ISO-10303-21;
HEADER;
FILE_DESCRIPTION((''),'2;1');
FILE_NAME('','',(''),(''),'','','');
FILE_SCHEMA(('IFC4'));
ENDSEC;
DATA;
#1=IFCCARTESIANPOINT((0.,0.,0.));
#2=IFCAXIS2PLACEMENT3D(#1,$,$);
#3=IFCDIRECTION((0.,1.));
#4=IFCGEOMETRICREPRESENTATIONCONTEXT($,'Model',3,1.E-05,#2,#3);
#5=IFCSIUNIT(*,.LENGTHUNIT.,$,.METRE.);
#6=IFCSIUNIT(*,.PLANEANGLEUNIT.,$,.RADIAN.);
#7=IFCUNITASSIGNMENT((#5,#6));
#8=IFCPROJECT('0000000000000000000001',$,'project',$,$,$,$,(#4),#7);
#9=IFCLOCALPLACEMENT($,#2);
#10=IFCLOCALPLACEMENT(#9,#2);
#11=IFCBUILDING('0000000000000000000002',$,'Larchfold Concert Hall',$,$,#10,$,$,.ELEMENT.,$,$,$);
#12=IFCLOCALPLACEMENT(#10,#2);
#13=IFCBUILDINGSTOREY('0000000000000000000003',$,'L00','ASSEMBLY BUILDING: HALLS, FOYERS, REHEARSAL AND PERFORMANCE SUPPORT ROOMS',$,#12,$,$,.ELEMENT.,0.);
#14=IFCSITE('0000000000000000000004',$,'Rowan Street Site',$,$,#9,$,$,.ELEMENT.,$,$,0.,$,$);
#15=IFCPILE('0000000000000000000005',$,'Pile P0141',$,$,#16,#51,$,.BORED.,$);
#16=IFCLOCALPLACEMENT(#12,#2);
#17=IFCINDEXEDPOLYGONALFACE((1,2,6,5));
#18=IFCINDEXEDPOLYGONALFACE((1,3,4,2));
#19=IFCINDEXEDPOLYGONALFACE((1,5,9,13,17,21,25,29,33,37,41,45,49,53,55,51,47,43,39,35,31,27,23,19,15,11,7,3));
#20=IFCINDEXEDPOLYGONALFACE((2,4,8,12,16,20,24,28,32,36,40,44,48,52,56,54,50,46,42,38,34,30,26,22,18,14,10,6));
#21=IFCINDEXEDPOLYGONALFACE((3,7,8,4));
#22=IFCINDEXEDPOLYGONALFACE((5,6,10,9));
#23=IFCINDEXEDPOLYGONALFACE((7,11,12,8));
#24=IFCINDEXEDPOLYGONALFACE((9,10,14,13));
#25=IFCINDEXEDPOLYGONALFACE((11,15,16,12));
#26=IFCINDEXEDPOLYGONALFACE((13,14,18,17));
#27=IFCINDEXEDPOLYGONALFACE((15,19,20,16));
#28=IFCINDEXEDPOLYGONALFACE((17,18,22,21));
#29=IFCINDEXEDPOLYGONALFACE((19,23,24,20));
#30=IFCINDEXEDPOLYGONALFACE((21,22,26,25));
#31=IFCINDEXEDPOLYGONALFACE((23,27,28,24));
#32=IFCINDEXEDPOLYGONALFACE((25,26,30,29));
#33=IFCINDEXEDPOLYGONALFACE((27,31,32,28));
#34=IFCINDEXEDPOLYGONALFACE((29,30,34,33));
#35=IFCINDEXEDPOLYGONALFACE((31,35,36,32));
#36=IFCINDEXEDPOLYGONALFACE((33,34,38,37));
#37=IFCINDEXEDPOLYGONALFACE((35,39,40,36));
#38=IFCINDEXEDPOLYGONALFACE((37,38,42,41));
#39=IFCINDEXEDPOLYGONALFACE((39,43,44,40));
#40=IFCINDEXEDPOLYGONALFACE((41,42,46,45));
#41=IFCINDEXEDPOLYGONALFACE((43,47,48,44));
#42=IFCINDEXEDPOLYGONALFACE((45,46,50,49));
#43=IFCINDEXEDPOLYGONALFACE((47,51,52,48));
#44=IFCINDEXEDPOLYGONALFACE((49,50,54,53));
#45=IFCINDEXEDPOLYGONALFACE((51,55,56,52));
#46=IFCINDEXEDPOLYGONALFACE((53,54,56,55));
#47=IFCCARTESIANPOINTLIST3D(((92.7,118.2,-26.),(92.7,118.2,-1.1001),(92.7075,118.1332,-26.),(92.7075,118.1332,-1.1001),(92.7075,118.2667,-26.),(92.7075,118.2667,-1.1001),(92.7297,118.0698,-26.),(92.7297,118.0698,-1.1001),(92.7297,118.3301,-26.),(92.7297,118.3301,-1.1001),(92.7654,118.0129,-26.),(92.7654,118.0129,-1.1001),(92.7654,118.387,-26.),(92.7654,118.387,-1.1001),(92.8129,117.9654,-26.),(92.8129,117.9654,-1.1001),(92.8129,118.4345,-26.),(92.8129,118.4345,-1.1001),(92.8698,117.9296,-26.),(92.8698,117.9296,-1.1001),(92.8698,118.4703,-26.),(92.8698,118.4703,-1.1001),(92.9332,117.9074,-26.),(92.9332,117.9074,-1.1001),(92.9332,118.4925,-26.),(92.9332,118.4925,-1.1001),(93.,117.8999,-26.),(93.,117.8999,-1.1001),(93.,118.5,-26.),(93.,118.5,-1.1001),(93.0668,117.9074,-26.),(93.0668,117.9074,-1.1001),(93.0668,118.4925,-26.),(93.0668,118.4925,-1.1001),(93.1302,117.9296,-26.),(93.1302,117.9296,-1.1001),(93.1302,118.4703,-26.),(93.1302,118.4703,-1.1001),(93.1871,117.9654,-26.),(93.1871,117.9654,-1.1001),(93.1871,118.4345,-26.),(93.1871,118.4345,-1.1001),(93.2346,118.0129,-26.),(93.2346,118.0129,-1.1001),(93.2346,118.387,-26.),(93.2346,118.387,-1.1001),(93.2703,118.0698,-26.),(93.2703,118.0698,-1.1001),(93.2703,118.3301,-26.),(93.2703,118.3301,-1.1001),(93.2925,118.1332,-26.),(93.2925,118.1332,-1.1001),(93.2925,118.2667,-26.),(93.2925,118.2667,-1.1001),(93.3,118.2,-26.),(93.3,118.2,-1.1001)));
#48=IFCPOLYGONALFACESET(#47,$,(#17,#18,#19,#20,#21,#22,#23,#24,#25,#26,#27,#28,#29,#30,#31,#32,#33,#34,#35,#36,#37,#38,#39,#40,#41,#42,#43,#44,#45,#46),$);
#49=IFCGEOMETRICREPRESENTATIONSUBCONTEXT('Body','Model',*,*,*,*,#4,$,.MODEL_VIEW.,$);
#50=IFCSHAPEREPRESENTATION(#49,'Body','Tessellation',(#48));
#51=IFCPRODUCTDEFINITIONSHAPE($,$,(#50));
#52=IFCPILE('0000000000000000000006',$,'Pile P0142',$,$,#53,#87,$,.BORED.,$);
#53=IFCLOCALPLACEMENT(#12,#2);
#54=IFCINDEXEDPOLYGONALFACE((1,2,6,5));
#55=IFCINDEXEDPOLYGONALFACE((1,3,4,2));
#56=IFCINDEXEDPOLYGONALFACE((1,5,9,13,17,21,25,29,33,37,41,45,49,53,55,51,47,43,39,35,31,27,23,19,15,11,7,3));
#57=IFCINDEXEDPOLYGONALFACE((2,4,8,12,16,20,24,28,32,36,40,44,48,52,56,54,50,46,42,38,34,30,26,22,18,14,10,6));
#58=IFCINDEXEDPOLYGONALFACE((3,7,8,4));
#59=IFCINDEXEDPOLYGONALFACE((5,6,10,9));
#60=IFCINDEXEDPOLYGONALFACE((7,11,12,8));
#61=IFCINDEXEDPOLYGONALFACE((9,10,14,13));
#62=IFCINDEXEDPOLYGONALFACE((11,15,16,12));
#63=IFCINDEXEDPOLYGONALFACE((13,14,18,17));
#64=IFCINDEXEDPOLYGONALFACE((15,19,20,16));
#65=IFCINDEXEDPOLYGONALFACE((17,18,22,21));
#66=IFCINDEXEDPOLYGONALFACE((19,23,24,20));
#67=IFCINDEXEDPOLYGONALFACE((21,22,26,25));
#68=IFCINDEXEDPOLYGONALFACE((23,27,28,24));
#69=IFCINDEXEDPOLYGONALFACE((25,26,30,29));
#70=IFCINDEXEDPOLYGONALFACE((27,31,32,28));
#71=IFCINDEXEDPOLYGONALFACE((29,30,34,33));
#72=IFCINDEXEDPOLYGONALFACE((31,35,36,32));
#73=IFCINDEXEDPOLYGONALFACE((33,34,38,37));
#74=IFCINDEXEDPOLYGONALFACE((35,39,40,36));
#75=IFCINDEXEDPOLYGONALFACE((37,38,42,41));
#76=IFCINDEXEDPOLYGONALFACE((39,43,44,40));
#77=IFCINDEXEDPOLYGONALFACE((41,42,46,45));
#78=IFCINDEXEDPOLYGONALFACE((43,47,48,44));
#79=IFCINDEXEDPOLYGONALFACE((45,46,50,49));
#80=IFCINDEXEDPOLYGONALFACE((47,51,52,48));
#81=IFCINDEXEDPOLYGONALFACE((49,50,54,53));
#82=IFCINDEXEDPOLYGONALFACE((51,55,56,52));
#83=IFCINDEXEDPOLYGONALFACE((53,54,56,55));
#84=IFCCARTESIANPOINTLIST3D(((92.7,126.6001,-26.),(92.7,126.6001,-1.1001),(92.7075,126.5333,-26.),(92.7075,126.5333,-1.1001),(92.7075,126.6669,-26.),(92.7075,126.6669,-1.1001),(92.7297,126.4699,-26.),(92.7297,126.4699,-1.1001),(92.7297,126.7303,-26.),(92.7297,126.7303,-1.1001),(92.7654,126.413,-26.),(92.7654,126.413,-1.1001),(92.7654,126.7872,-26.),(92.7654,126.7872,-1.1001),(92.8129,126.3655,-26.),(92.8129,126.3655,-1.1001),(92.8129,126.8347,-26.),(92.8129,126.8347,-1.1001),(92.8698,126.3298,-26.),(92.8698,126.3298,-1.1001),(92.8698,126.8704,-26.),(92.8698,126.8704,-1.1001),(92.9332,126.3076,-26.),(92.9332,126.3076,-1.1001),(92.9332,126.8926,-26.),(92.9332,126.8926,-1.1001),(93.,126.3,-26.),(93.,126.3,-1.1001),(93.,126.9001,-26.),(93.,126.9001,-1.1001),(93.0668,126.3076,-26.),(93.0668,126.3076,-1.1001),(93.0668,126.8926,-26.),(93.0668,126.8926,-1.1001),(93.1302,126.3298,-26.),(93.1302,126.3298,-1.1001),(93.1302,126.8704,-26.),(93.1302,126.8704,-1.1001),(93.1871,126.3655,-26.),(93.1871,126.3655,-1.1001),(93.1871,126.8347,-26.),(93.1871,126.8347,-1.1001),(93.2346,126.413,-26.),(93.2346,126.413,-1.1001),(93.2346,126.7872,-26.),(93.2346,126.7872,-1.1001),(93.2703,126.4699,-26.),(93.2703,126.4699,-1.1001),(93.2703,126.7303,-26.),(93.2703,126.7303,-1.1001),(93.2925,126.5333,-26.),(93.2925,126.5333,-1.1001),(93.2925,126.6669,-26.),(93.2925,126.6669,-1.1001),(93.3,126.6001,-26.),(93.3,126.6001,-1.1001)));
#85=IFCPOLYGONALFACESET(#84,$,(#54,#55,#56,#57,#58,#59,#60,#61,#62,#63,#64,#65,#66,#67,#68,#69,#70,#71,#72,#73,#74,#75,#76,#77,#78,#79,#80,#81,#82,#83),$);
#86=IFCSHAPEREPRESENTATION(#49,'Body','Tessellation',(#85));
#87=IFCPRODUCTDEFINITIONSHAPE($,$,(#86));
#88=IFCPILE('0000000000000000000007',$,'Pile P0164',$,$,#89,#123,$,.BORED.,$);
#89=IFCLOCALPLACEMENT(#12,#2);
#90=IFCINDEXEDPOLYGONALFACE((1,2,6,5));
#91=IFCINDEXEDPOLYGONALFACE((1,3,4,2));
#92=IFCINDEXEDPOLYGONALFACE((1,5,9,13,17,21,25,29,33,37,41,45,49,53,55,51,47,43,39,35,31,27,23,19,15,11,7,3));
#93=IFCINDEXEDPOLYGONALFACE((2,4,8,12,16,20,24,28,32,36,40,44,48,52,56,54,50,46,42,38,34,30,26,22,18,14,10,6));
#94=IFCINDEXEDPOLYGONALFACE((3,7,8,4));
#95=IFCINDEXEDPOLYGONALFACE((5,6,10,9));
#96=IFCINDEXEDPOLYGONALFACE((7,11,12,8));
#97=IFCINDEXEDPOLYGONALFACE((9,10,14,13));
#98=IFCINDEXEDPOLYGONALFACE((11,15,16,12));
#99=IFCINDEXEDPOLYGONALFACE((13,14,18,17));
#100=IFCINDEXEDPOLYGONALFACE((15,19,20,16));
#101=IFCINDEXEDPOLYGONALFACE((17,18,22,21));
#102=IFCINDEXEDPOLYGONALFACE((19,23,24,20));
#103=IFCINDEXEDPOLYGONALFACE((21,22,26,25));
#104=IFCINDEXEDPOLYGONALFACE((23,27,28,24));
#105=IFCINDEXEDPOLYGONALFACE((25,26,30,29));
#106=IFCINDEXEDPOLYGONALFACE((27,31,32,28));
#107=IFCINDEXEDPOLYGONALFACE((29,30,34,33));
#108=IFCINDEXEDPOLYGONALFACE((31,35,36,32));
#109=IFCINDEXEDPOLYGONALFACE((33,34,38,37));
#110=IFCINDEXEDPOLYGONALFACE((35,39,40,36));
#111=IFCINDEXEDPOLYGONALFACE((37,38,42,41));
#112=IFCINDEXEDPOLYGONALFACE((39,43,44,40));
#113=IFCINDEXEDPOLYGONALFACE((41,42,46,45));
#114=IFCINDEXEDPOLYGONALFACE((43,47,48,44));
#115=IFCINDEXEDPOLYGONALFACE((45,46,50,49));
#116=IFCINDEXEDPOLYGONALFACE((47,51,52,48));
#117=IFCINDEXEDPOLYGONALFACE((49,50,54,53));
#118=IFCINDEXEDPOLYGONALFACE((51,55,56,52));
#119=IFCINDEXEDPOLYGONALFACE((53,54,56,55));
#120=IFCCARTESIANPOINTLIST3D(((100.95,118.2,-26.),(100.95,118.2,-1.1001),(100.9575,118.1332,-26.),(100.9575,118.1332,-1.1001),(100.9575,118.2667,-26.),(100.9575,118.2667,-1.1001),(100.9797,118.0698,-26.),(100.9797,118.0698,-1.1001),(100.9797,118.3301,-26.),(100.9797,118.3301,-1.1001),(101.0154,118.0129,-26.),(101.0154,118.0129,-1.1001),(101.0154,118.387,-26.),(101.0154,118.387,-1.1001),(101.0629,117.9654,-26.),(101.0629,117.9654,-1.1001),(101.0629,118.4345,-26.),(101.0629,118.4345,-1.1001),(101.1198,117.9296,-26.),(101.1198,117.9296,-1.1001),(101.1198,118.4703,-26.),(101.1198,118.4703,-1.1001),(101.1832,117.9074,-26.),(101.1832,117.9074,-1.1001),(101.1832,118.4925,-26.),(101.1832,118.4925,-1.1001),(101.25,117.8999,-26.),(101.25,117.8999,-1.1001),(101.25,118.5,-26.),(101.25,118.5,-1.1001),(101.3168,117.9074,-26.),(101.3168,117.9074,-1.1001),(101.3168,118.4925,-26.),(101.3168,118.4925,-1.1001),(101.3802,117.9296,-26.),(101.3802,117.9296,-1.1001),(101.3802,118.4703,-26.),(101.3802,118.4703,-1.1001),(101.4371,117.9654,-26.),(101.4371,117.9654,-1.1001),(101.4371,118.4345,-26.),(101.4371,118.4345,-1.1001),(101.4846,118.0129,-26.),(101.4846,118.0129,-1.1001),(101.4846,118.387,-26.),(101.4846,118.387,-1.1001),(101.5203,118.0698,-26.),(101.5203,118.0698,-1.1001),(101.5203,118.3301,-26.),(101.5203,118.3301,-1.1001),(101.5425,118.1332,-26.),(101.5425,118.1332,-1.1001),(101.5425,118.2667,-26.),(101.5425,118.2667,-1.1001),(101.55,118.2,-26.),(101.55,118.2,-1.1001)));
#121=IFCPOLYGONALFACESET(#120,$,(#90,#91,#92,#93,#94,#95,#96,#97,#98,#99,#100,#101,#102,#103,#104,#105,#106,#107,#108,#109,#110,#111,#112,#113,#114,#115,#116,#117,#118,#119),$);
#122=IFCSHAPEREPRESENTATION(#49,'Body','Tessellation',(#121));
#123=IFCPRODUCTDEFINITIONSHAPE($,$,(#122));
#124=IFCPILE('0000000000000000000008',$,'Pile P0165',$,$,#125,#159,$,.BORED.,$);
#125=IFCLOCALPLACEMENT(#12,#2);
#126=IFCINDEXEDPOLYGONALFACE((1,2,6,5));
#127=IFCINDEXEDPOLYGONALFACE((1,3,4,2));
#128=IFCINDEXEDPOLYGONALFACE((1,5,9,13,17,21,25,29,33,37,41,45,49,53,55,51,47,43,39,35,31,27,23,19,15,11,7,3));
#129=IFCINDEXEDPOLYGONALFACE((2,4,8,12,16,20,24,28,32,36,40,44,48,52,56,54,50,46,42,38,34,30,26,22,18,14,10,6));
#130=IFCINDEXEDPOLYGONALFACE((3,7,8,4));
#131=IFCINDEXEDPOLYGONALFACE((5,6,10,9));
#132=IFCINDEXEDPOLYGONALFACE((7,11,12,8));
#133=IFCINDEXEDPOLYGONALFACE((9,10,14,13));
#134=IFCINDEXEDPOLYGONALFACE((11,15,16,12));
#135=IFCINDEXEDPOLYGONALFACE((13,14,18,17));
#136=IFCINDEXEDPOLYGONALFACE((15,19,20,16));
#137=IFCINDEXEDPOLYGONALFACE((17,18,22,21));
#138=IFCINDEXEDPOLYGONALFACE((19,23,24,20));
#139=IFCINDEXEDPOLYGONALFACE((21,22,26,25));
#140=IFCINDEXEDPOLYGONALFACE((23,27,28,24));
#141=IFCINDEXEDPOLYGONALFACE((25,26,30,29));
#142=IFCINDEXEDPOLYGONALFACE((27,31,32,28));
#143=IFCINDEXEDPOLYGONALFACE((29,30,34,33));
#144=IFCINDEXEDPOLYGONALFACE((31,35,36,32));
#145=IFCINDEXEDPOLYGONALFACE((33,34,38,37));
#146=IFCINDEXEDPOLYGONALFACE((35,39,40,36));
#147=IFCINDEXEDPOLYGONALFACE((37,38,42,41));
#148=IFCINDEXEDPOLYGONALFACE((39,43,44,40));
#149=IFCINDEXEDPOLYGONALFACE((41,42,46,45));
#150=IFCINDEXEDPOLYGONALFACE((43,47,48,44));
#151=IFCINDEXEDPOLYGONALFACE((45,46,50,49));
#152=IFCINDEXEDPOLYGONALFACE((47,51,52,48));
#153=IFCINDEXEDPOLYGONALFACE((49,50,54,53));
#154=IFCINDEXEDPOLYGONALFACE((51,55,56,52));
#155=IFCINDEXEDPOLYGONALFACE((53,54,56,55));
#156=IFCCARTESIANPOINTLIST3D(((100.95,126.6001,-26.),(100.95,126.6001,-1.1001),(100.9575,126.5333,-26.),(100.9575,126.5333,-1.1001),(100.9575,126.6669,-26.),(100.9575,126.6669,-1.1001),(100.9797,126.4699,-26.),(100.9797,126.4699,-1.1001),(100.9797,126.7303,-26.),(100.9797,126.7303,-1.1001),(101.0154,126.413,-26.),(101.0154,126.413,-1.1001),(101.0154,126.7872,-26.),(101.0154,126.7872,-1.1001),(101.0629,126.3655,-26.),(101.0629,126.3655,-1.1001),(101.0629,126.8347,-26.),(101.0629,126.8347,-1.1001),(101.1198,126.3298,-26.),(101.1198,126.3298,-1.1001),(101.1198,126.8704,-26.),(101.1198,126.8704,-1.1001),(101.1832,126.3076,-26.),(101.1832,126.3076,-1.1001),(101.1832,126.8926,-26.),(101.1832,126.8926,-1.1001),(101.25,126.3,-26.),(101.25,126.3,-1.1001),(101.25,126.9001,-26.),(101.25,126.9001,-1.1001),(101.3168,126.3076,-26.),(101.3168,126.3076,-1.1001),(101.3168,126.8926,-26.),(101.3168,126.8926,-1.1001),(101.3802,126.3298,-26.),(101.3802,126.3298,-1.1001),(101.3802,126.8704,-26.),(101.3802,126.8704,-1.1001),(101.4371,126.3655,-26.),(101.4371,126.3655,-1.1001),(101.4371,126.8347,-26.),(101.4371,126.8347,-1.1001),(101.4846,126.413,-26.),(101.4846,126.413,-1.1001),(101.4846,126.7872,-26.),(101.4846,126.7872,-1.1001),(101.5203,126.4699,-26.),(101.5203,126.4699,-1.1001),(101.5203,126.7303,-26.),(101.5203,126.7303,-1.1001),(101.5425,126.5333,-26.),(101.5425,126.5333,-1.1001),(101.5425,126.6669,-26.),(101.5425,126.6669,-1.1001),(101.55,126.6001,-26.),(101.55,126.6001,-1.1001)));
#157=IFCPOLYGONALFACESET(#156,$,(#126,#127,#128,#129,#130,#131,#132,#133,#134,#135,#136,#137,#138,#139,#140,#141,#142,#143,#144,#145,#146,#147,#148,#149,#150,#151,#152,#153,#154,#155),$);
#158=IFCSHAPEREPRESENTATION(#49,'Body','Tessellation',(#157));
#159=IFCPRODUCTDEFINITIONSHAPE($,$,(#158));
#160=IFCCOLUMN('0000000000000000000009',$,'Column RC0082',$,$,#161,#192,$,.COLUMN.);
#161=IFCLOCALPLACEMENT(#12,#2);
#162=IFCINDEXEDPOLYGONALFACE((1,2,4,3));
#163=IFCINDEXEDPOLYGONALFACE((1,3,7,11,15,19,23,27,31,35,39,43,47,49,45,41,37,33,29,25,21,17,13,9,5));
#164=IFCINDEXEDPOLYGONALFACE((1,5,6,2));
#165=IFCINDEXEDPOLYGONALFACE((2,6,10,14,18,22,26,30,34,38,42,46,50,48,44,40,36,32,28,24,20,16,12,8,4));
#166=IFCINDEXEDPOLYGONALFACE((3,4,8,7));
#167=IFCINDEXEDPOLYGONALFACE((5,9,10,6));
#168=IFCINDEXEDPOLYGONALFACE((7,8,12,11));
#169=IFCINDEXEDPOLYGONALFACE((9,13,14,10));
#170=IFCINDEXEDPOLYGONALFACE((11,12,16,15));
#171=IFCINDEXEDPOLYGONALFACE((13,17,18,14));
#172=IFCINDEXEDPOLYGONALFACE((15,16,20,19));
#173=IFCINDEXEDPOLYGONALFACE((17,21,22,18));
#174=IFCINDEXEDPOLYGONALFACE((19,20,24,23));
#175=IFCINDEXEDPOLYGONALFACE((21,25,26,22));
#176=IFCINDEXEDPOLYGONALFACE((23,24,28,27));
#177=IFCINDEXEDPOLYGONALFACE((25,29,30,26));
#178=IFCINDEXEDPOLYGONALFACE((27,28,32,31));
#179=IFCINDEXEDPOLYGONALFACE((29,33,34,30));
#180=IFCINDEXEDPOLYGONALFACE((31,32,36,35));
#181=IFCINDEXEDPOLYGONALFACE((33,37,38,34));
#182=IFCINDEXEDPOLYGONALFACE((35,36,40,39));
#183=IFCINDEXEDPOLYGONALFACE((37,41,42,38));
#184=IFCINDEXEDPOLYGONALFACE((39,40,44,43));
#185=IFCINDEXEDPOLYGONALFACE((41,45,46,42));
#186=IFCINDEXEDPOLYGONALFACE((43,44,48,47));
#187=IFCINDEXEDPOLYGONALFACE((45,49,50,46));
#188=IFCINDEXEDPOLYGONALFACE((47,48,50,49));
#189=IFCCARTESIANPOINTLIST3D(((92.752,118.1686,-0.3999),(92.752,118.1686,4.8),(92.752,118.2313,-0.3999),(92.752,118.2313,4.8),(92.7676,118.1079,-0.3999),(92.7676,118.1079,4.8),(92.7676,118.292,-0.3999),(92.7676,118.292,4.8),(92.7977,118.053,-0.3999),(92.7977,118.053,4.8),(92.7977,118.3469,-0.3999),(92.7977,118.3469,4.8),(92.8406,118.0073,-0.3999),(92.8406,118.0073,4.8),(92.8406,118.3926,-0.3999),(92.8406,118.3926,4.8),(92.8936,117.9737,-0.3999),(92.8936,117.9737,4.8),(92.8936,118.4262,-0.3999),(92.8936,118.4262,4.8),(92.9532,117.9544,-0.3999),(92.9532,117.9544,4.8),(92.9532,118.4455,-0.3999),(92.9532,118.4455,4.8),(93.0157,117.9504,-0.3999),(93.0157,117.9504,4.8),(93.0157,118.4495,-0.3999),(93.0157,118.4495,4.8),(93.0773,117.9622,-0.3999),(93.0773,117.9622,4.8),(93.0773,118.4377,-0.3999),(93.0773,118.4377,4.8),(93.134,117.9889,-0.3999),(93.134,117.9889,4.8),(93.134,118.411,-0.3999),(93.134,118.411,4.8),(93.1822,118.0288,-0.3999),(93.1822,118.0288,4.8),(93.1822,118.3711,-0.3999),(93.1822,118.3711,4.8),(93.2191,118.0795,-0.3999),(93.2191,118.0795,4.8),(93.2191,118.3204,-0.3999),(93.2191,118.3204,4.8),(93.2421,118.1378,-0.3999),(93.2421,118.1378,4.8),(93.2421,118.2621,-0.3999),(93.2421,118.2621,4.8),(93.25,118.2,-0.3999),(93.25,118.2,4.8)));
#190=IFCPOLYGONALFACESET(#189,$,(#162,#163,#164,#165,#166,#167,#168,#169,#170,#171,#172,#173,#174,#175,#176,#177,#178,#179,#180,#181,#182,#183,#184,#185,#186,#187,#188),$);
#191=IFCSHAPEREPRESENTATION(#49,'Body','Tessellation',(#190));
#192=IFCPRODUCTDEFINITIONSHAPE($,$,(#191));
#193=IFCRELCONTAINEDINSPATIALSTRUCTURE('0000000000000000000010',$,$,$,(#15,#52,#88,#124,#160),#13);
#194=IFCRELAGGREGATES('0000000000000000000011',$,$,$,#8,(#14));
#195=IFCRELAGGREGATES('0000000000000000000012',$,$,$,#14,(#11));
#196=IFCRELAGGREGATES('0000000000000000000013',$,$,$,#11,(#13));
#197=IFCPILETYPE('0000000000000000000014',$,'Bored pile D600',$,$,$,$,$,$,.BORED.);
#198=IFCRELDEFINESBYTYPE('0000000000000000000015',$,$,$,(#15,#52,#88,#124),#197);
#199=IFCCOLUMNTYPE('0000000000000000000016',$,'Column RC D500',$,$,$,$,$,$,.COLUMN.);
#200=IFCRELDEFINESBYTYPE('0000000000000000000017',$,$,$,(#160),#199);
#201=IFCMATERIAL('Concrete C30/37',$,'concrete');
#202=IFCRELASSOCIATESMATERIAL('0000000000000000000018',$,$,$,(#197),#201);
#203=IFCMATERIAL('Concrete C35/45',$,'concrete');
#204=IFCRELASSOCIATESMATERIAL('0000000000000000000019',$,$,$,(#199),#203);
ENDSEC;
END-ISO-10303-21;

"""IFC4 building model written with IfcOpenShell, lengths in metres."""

from ifc_helpers import new_model, si_unit, direction, frame, origin, origin_2d, place, context, subcontext, project, spatial, circle, extrude, material, material_profile, profile_set, type_object, element, save


model = new_model("IFC4")

# Units and contexts
model_context = context("Model", 3, precision=1e-05, world=origin(), true_north=direction((0.0, 1.0)))
body_context = subcontext(model_context, "Body", "Model", "MODEL_VIEW")
ifc_project = project(units=[si_unit("LENGTHUNIT", "METRE"), si_unit("PLANEANGLEUNIT", "RADIAN")], contexts=[model_context])

# Site, building, storey
site_placement = place(None, origin())
site = spatial("IfcSite", under=ifc_project, at=site_placement, Name="Rowan Street Site", CompositionType="ELEMENT", RefElevation=0.0)
building_placement = place(site_placement, origin())
building = spatial("IfcBuilding", under=site, at=building_placement, Name="Larchfold Concert Hall", CompositionType="ELEMENT")
storey_placement = place(building_placement, origin())
storey = spatial("IfcBuildingStorey", under=building, at=storey_placement, Name="L00", Description="ASSEMBLY BUILDING: HALLS, FOYERS, REHEARSAL AND PERFORMANCE SUPPORT ROOMS", CompositionType="ELEMENT", Elevation=0.0)

# Piles
ifc_material_1 = material(Name="Concrete C30/37", Category="concrete")
ifc_material_profile_1 = material_profile(ifc_material_1, circle(Radius=0.3, at=origin_2d()))
ifc_profile_set_1 = profile_set([ifc_material_profile_1], Name="Concrete C30/37")
pile_type = type_object("IfcPileType", Name="Bored pile D600", PredefinedType="BORED", material=ifc_profile_set_1)
for number, where, z_axis, x_axis, name in (
    (1, (93.0, 118.2, -1.1001), (0.0, 0.0, -1.0), (1.0, 0.0, 0.0), "Pile P0141"),
    (2, (93.0, 126.6001, -1.1001), (0.0, 0.0, -1.0), (1.0, 0.0, 0.0), "Pile P0142"),
    (3, (101.25, 118.2, -1.1001), (0.0, 0.0, -1.0), (1.0, 0.0, 0.0), "Pile P0164"),
    (4, (101.25, 126.6001, -1.1001), (0.0, 0.0, -1.0), (1.0, 0.0, 0.0), "Pile P0165"),
):
    element("IfcPile", number, at=place(storey_placement, frame(where, z_axis=z_axis, x_axis=x_axis)), inside=storey, type_object=pile_type, Name=name, PredefinedType="BORED", context=body_context, shape_type="SweptSolid", body=[
        extrude(circle(Radius=0.3, at=origin_2d()), origin(), (0.0, 0.0, 1.0), 24.8999),
    ])

# Column
ifc_material_2 = material(Name="Concrete C35/45", Category="concrete")
ifc_material_profile_2 = material_profile(ifc_material_2, circle(Radius=0.25, at=origin_2d()))
ifc_profile_set_2 = profile_set([ifc_material_profile_2], Name="Concrete C35/45")
column_type = type_object("IfcColumnType", Name="Column RC D500", PredefinedType="COLUMN", material=ifc_profile_set_2)
for number, where, z_axis, x_axis, name in (
    (5, (93.0, 118.2, -0.3999), (0.0, 0.0, 1.0), (1.0, 0.0, 0.0), "Column RC0082"),
):
    element("IfcColumn", number, at=place(storey_placement, frame(where, z_axis=z_axis, x_axis=x_axis)), inside=storey, type_object=column_type, Name=name, PredefinedType="COLUMN", context=body_context, shape_type="SweptSolid", body=[
        extrude(circle(Radius=0.25, at=origin_2d()), origin(), (0.0, 0.0, 1.0), 5.2),
    ])

save(model, "model.ifc")
